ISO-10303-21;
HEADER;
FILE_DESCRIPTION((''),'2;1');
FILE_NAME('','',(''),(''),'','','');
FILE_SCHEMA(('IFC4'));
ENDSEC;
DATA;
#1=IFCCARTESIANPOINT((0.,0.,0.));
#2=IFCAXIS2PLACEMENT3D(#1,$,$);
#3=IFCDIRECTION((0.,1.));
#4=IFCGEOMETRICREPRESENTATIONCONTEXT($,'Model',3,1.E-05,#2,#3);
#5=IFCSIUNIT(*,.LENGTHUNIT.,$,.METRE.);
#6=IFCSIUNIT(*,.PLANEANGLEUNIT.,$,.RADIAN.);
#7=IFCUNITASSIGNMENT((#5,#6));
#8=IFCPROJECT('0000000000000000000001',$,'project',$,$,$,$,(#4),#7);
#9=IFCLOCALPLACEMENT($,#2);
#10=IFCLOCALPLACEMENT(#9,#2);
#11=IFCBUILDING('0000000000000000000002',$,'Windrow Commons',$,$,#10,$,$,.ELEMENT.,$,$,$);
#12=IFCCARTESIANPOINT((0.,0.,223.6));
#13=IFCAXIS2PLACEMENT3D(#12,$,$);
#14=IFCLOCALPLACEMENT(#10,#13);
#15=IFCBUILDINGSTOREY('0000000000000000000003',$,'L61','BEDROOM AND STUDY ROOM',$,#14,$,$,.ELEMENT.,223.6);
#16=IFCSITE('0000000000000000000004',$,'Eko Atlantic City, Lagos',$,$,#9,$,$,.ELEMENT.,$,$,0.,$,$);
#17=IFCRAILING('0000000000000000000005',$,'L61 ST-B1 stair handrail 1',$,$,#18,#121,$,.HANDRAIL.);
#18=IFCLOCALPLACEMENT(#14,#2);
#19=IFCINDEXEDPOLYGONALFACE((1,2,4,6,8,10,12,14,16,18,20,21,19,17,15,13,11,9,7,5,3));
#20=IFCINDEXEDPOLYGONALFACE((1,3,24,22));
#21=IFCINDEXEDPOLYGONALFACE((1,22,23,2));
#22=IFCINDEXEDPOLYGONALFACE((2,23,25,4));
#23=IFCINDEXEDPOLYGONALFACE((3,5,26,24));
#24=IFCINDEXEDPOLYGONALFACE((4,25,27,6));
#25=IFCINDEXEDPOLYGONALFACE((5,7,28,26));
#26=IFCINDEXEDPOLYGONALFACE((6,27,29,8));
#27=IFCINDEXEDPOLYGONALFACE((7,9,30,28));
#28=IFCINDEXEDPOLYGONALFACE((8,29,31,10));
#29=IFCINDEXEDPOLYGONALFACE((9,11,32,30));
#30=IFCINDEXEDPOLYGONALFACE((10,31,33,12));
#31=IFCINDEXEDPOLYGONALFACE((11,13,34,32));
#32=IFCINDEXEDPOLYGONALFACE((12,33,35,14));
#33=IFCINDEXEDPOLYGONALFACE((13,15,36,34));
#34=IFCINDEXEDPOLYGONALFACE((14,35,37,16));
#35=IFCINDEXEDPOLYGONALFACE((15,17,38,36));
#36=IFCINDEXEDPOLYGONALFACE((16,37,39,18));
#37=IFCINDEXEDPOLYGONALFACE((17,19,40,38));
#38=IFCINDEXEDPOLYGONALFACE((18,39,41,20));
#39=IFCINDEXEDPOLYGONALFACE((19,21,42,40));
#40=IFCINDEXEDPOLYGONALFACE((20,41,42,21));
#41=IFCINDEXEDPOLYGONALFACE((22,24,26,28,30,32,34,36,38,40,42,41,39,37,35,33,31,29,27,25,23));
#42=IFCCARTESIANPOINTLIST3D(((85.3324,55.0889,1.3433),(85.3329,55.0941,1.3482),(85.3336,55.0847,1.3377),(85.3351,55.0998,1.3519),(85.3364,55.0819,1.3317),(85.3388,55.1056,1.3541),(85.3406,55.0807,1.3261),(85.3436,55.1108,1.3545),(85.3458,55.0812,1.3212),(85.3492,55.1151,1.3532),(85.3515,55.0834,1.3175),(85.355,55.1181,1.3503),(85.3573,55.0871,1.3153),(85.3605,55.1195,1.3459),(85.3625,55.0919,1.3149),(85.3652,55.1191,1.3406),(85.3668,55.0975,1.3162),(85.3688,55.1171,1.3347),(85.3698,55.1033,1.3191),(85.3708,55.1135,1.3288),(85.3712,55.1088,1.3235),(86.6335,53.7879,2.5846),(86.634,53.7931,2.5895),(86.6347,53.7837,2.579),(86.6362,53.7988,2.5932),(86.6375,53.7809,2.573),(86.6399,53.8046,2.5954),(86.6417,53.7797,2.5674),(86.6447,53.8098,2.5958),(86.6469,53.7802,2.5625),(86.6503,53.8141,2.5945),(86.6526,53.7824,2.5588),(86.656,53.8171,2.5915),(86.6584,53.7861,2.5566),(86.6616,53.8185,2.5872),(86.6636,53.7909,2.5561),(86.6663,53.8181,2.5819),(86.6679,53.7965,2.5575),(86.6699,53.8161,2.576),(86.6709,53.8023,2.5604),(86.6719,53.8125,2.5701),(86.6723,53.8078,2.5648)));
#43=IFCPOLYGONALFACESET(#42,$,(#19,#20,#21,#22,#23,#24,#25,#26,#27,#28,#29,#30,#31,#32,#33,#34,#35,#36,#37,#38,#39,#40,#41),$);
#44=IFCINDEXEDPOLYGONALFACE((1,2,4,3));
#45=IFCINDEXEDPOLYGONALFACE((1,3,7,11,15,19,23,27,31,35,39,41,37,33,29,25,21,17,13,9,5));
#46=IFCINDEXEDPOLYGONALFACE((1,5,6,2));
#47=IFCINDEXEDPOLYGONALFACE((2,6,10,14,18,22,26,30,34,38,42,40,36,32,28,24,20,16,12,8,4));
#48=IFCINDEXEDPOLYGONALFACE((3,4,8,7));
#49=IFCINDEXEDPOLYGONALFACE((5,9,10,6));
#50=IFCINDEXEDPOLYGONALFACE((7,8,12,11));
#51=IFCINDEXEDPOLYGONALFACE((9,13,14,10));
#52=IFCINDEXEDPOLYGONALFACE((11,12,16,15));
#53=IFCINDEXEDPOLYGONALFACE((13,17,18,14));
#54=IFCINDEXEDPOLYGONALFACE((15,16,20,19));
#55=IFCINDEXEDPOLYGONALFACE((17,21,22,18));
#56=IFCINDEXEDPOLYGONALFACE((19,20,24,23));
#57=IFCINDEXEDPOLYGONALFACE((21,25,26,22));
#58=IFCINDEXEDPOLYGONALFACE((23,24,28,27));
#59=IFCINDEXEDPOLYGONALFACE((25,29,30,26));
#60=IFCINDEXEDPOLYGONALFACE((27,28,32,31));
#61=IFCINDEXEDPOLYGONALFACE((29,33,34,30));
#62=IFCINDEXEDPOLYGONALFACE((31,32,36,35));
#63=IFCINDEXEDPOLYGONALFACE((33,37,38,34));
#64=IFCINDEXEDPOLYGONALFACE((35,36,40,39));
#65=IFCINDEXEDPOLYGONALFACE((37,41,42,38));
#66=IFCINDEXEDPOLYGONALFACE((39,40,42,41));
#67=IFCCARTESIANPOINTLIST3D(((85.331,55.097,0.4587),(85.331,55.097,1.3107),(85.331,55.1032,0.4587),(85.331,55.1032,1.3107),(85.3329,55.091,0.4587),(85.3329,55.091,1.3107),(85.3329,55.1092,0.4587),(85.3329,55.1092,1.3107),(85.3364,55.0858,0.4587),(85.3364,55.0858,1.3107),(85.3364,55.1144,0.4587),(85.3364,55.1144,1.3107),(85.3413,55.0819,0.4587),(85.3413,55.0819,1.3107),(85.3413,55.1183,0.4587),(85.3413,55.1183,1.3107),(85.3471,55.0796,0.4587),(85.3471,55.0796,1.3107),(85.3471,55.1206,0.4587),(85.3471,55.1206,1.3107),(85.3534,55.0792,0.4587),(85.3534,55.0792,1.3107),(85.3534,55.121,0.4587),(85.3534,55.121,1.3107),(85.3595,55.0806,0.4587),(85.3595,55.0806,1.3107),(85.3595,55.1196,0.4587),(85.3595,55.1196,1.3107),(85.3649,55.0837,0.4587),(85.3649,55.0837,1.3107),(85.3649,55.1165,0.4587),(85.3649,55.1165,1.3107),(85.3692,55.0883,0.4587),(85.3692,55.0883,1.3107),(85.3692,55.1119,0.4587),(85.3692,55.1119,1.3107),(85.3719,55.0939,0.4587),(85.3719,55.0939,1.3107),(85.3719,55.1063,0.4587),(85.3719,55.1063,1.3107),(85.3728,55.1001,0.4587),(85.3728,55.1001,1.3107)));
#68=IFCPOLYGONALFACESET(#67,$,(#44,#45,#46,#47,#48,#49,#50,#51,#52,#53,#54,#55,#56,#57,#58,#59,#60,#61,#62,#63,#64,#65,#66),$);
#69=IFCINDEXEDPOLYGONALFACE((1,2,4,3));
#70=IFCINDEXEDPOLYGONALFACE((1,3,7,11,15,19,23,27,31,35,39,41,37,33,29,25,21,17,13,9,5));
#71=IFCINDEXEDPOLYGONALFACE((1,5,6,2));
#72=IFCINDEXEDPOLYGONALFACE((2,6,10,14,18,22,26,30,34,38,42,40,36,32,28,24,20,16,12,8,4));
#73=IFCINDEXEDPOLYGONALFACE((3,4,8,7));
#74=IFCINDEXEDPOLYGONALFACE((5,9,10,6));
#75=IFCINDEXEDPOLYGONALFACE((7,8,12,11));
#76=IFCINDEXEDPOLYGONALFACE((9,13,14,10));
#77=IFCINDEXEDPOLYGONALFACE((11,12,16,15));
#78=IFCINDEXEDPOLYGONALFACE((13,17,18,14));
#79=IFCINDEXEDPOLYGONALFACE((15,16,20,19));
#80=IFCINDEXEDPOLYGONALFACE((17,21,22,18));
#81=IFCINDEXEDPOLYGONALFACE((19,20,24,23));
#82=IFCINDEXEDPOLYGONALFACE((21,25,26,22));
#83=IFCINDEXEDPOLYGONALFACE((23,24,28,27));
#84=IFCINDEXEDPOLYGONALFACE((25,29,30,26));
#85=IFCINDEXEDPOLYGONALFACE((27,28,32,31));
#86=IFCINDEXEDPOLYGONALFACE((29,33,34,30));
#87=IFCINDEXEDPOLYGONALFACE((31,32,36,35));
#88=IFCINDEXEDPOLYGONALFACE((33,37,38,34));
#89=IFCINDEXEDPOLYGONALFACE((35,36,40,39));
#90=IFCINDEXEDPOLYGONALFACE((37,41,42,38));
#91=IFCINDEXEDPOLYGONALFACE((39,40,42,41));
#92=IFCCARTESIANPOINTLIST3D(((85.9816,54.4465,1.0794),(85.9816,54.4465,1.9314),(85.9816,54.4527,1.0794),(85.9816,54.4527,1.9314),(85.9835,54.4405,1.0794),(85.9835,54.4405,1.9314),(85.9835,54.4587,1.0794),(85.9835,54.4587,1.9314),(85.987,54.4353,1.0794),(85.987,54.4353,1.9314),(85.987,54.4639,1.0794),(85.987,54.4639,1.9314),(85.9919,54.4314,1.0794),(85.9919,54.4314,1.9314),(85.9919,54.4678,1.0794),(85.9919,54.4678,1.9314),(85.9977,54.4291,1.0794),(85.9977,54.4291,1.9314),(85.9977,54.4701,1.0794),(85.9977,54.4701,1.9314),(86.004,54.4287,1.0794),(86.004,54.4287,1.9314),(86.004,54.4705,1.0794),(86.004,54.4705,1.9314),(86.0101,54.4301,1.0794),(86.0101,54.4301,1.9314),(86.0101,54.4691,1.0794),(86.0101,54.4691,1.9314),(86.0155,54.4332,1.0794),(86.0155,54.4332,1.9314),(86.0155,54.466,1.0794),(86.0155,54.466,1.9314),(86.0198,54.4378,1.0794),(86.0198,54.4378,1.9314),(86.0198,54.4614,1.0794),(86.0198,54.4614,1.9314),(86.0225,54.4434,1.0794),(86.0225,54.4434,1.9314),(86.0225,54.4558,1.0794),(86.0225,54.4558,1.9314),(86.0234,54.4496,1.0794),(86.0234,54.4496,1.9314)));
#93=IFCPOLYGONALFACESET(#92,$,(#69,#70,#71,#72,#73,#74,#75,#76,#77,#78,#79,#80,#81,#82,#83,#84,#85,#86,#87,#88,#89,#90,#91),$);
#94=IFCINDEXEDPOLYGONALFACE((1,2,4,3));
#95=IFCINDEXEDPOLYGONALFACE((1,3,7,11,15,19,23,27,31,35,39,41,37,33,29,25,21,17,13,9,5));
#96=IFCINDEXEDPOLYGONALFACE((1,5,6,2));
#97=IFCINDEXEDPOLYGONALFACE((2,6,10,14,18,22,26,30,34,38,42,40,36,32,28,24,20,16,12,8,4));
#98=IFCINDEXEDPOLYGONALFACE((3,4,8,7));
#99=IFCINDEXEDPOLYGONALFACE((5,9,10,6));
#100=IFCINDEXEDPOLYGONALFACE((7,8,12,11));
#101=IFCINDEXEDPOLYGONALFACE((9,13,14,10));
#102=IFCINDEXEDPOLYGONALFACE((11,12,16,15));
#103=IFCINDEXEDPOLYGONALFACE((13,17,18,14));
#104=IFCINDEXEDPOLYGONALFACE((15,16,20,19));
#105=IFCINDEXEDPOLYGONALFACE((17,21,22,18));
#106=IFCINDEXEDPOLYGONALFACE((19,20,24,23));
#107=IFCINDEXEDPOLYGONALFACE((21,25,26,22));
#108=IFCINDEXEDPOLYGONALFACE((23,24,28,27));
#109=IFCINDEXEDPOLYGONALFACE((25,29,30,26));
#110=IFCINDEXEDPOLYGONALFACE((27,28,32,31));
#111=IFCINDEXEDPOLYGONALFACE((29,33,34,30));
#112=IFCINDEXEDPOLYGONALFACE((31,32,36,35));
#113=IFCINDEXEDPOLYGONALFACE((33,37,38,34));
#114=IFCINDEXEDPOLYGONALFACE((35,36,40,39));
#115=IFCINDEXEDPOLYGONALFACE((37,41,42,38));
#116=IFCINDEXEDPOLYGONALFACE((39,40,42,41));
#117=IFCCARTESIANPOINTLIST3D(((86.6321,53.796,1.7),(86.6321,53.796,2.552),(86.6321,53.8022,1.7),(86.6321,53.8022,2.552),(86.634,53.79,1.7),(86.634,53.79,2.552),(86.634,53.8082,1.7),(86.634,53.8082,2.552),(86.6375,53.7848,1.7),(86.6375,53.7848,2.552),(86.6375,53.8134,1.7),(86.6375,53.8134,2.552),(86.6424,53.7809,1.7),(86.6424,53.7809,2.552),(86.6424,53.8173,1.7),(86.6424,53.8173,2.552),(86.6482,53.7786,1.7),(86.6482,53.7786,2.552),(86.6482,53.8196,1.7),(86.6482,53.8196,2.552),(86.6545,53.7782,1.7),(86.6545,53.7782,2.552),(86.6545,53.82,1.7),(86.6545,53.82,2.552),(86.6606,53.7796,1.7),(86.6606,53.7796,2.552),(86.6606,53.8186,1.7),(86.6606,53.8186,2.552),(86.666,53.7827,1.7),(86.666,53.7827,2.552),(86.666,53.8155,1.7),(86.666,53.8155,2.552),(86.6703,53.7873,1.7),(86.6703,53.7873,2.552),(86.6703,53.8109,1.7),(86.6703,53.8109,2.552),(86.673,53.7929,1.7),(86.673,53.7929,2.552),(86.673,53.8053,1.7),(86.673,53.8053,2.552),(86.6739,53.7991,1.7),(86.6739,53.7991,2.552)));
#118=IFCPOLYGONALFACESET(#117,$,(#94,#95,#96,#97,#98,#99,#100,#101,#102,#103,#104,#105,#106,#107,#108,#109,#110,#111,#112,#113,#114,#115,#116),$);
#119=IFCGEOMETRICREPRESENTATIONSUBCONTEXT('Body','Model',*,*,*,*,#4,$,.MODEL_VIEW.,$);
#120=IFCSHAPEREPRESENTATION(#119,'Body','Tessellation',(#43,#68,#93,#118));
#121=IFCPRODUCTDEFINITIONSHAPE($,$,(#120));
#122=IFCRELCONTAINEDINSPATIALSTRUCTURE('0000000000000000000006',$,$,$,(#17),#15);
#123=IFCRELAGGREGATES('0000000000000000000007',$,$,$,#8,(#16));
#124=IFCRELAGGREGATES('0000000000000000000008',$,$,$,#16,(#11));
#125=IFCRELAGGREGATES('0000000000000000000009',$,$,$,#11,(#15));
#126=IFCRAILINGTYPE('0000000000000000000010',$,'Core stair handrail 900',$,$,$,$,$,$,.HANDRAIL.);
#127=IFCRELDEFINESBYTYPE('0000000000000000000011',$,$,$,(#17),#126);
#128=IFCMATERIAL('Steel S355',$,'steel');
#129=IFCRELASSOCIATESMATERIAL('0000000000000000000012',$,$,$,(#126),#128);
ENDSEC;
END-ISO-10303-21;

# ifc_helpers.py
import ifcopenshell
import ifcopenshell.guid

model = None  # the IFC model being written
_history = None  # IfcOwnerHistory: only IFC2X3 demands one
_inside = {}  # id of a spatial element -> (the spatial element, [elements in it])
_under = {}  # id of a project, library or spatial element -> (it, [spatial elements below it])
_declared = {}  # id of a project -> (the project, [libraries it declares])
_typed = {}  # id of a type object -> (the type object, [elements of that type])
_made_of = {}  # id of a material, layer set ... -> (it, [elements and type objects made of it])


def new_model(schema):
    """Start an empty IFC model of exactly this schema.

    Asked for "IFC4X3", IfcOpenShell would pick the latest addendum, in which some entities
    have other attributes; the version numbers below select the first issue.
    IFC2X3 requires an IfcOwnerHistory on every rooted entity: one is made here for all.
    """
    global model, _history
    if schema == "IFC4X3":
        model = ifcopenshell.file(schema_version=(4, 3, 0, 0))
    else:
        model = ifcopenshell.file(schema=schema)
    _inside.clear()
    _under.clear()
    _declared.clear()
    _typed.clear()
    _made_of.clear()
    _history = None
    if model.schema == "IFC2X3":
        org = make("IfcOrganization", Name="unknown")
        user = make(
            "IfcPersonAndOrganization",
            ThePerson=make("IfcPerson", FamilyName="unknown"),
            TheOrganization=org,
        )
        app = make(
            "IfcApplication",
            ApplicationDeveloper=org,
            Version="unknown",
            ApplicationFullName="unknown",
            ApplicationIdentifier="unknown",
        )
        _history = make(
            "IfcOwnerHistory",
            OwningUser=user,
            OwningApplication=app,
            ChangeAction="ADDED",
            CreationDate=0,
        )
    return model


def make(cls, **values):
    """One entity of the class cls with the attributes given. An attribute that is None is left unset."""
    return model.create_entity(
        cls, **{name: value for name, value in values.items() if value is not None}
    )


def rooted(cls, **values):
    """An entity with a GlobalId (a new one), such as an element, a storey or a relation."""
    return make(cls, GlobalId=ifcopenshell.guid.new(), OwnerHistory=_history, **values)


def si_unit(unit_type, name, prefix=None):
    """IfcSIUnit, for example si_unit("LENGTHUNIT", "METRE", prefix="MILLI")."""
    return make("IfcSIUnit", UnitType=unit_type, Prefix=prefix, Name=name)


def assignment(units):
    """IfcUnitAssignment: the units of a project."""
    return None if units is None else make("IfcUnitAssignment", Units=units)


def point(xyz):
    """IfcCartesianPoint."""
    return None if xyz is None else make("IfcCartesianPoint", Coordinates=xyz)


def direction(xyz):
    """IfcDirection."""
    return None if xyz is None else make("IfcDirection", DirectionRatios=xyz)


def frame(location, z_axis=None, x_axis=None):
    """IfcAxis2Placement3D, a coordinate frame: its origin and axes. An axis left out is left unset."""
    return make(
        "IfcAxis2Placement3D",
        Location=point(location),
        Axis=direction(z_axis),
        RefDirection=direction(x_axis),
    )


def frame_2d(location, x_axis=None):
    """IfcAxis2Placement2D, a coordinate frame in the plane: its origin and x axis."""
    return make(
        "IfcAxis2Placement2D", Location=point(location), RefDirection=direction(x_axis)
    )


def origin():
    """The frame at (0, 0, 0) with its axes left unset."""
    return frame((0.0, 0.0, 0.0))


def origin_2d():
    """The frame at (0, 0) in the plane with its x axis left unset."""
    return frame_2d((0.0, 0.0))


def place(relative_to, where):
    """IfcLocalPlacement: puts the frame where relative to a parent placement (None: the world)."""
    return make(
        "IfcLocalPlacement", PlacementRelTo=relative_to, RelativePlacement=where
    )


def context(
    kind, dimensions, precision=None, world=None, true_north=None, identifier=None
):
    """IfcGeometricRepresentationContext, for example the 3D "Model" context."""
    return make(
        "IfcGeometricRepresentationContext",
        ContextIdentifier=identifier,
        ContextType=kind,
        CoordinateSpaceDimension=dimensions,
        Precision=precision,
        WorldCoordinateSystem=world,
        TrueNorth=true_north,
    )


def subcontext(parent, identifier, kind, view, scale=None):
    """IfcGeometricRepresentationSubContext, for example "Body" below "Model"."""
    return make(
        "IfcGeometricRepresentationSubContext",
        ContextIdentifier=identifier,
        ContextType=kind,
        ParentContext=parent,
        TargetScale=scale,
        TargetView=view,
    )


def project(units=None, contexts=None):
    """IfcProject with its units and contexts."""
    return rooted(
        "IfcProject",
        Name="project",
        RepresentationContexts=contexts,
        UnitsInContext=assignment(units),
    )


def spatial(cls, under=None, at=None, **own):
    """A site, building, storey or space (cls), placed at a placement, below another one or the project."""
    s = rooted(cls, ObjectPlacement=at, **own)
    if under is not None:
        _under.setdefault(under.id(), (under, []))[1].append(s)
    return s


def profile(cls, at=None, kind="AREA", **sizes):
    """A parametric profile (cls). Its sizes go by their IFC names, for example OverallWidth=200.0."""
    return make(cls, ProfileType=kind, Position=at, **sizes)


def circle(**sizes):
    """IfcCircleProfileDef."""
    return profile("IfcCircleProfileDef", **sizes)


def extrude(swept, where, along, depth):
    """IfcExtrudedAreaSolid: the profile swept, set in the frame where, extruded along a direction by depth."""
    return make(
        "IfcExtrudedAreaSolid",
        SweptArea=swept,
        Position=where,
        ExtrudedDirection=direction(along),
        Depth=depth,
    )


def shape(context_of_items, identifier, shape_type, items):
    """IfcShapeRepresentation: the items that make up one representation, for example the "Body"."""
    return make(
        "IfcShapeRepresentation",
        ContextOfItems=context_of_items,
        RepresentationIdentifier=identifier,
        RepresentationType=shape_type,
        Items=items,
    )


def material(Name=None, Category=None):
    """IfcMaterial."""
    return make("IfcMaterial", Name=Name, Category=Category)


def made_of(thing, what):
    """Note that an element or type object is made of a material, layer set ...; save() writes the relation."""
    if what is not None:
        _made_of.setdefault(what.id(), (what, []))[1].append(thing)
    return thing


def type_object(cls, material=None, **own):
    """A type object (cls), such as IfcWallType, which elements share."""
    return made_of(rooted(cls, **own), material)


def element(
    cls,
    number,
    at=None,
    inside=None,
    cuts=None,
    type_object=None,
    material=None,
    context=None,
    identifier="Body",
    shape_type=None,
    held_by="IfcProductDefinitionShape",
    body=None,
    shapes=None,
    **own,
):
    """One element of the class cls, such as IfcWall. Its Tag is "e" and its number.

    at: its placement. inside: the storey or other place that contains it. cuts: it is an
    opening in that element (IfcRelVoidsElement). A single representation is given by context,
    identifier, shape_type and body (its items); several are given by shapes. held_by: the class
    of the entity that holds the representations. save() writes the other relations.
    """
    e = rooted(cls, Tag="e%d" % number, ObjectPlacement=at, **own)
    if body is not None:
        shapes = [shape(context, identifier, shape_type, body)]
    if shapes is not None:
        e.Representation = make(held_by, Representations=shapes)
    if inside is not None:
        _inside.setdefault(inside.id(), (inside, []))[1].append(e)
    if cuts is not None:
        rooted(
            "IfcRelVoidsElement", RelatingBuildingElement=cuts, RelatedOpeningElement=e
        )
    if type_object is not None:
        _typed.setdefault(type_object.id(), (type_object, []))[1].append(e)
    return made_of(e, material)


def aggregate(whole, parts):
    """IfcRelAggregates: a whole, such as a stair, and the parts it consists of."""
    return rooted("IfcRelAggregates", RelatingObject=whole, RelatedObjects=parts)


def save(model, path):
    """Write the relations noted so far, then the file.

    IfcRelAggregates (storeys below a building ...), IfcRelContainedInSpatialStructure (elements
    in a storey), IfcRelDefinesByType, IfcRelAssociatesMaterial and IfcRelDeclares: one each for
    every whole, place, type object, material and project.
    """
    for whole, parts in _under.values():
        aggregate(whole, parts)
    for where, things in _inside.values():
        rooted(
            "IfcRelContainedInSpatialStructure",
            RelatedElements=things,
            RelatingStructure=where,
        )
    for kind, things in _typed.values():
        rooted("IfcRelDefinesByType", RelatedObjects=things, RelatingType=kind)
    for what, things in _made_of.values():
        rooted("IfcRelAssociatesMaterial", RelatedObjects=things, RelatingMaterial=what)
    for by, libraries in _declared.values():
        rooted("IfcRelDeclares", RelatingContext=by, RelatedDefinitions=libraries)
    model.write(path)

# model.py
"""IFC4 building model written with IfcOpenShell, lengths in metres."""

from ifc_helpers import new_model, si_unit, direction, frame, origin, origin_2d, place, context, subcontext, project, spatial, circle, extrude, material, type_object, element, save


model = new_model("IFC4")

# Units and contexts
model_context = context("Model", 3, precision=1e-05, world=origin(), true_north=direction((0.0, 1.0)))
body_context = subcontext(model_context, "Body", "Model", "MODEL_VIEW")
ifc_project = project(units=[si_unit("LENGTHUNIT", "METRE"), si_unit("PLANEANGLEUNIT", "RADIAN")], contexts=[model_context])

# Site, building, storey
site_placement = place(None, origin())
site = spatial("IfcSite", under=ifc_project, at=site_placement, Name="Eko Atlantic City, Lagos", CompositionType="ELEMENT", RefElevation=0.0)
building_placement = place(site_placement, origin())
building = spatial("IfcBuilding", under=site, at=building_placement, Name="Windrow Commons", CompositionType="ELEMENT")
storey_placement = place(building_placement, frame((0.0, 0.0, 223.6)))
storey = spatial("IfcBuildingStorey", under=building, at=storey_placement, Name="L61", Description="BEDROOM AND STUDY ROOM", CompositionType="ELEMENT", Elevation=223.6)

# Railing
ifc_material_1 = material(Name="Steel S355", Category="steel")
railing_type_1 = type_object("IfcRailingType", Name="Core stair handrail 900", PredefinedType="HANDRAIL", material=ifc_material_1)
railing_1_placement = place(storey_placement, frame((85.3518, 55.1001, 0.4587)))
element("IfcRailing", 1, at=railing_1_placement, inside=storey, type_object=railing_type_1, Name="L61 ST-B1 stair handrail 1", PredefinedType="HANDRAIL", context=body_context, shape_type="SweptSolid", body=[
    extrude(circle(Radius=0.024, at=origin_2d()), frame((0.0, 0.0, 0.876), z_axis=(0.586207, -0.586162, 0.559264), x_axis=(0.70708, 0.707134, 0.0)), (0.0, 0.0, 1.0), 2.2195),
    extrude(circle(Radius=0.021, at=origin_2d()), origin(), (0.0, 0.0, 1.0), 0.852),
    extrude(circle(Radius=0.021, at=origin_2d()), frame((0.6506, -0.6505, 0.6207)), (0.0, 0.0, 1.0), 0.852),
    extrude(circle(Radius=0.021, at=origin_2d()), frame((1.3011, -1.301, 1.2413)), (0.0, 0.0, 1.0), 0.852),
])

save(model, "model.ifc")
